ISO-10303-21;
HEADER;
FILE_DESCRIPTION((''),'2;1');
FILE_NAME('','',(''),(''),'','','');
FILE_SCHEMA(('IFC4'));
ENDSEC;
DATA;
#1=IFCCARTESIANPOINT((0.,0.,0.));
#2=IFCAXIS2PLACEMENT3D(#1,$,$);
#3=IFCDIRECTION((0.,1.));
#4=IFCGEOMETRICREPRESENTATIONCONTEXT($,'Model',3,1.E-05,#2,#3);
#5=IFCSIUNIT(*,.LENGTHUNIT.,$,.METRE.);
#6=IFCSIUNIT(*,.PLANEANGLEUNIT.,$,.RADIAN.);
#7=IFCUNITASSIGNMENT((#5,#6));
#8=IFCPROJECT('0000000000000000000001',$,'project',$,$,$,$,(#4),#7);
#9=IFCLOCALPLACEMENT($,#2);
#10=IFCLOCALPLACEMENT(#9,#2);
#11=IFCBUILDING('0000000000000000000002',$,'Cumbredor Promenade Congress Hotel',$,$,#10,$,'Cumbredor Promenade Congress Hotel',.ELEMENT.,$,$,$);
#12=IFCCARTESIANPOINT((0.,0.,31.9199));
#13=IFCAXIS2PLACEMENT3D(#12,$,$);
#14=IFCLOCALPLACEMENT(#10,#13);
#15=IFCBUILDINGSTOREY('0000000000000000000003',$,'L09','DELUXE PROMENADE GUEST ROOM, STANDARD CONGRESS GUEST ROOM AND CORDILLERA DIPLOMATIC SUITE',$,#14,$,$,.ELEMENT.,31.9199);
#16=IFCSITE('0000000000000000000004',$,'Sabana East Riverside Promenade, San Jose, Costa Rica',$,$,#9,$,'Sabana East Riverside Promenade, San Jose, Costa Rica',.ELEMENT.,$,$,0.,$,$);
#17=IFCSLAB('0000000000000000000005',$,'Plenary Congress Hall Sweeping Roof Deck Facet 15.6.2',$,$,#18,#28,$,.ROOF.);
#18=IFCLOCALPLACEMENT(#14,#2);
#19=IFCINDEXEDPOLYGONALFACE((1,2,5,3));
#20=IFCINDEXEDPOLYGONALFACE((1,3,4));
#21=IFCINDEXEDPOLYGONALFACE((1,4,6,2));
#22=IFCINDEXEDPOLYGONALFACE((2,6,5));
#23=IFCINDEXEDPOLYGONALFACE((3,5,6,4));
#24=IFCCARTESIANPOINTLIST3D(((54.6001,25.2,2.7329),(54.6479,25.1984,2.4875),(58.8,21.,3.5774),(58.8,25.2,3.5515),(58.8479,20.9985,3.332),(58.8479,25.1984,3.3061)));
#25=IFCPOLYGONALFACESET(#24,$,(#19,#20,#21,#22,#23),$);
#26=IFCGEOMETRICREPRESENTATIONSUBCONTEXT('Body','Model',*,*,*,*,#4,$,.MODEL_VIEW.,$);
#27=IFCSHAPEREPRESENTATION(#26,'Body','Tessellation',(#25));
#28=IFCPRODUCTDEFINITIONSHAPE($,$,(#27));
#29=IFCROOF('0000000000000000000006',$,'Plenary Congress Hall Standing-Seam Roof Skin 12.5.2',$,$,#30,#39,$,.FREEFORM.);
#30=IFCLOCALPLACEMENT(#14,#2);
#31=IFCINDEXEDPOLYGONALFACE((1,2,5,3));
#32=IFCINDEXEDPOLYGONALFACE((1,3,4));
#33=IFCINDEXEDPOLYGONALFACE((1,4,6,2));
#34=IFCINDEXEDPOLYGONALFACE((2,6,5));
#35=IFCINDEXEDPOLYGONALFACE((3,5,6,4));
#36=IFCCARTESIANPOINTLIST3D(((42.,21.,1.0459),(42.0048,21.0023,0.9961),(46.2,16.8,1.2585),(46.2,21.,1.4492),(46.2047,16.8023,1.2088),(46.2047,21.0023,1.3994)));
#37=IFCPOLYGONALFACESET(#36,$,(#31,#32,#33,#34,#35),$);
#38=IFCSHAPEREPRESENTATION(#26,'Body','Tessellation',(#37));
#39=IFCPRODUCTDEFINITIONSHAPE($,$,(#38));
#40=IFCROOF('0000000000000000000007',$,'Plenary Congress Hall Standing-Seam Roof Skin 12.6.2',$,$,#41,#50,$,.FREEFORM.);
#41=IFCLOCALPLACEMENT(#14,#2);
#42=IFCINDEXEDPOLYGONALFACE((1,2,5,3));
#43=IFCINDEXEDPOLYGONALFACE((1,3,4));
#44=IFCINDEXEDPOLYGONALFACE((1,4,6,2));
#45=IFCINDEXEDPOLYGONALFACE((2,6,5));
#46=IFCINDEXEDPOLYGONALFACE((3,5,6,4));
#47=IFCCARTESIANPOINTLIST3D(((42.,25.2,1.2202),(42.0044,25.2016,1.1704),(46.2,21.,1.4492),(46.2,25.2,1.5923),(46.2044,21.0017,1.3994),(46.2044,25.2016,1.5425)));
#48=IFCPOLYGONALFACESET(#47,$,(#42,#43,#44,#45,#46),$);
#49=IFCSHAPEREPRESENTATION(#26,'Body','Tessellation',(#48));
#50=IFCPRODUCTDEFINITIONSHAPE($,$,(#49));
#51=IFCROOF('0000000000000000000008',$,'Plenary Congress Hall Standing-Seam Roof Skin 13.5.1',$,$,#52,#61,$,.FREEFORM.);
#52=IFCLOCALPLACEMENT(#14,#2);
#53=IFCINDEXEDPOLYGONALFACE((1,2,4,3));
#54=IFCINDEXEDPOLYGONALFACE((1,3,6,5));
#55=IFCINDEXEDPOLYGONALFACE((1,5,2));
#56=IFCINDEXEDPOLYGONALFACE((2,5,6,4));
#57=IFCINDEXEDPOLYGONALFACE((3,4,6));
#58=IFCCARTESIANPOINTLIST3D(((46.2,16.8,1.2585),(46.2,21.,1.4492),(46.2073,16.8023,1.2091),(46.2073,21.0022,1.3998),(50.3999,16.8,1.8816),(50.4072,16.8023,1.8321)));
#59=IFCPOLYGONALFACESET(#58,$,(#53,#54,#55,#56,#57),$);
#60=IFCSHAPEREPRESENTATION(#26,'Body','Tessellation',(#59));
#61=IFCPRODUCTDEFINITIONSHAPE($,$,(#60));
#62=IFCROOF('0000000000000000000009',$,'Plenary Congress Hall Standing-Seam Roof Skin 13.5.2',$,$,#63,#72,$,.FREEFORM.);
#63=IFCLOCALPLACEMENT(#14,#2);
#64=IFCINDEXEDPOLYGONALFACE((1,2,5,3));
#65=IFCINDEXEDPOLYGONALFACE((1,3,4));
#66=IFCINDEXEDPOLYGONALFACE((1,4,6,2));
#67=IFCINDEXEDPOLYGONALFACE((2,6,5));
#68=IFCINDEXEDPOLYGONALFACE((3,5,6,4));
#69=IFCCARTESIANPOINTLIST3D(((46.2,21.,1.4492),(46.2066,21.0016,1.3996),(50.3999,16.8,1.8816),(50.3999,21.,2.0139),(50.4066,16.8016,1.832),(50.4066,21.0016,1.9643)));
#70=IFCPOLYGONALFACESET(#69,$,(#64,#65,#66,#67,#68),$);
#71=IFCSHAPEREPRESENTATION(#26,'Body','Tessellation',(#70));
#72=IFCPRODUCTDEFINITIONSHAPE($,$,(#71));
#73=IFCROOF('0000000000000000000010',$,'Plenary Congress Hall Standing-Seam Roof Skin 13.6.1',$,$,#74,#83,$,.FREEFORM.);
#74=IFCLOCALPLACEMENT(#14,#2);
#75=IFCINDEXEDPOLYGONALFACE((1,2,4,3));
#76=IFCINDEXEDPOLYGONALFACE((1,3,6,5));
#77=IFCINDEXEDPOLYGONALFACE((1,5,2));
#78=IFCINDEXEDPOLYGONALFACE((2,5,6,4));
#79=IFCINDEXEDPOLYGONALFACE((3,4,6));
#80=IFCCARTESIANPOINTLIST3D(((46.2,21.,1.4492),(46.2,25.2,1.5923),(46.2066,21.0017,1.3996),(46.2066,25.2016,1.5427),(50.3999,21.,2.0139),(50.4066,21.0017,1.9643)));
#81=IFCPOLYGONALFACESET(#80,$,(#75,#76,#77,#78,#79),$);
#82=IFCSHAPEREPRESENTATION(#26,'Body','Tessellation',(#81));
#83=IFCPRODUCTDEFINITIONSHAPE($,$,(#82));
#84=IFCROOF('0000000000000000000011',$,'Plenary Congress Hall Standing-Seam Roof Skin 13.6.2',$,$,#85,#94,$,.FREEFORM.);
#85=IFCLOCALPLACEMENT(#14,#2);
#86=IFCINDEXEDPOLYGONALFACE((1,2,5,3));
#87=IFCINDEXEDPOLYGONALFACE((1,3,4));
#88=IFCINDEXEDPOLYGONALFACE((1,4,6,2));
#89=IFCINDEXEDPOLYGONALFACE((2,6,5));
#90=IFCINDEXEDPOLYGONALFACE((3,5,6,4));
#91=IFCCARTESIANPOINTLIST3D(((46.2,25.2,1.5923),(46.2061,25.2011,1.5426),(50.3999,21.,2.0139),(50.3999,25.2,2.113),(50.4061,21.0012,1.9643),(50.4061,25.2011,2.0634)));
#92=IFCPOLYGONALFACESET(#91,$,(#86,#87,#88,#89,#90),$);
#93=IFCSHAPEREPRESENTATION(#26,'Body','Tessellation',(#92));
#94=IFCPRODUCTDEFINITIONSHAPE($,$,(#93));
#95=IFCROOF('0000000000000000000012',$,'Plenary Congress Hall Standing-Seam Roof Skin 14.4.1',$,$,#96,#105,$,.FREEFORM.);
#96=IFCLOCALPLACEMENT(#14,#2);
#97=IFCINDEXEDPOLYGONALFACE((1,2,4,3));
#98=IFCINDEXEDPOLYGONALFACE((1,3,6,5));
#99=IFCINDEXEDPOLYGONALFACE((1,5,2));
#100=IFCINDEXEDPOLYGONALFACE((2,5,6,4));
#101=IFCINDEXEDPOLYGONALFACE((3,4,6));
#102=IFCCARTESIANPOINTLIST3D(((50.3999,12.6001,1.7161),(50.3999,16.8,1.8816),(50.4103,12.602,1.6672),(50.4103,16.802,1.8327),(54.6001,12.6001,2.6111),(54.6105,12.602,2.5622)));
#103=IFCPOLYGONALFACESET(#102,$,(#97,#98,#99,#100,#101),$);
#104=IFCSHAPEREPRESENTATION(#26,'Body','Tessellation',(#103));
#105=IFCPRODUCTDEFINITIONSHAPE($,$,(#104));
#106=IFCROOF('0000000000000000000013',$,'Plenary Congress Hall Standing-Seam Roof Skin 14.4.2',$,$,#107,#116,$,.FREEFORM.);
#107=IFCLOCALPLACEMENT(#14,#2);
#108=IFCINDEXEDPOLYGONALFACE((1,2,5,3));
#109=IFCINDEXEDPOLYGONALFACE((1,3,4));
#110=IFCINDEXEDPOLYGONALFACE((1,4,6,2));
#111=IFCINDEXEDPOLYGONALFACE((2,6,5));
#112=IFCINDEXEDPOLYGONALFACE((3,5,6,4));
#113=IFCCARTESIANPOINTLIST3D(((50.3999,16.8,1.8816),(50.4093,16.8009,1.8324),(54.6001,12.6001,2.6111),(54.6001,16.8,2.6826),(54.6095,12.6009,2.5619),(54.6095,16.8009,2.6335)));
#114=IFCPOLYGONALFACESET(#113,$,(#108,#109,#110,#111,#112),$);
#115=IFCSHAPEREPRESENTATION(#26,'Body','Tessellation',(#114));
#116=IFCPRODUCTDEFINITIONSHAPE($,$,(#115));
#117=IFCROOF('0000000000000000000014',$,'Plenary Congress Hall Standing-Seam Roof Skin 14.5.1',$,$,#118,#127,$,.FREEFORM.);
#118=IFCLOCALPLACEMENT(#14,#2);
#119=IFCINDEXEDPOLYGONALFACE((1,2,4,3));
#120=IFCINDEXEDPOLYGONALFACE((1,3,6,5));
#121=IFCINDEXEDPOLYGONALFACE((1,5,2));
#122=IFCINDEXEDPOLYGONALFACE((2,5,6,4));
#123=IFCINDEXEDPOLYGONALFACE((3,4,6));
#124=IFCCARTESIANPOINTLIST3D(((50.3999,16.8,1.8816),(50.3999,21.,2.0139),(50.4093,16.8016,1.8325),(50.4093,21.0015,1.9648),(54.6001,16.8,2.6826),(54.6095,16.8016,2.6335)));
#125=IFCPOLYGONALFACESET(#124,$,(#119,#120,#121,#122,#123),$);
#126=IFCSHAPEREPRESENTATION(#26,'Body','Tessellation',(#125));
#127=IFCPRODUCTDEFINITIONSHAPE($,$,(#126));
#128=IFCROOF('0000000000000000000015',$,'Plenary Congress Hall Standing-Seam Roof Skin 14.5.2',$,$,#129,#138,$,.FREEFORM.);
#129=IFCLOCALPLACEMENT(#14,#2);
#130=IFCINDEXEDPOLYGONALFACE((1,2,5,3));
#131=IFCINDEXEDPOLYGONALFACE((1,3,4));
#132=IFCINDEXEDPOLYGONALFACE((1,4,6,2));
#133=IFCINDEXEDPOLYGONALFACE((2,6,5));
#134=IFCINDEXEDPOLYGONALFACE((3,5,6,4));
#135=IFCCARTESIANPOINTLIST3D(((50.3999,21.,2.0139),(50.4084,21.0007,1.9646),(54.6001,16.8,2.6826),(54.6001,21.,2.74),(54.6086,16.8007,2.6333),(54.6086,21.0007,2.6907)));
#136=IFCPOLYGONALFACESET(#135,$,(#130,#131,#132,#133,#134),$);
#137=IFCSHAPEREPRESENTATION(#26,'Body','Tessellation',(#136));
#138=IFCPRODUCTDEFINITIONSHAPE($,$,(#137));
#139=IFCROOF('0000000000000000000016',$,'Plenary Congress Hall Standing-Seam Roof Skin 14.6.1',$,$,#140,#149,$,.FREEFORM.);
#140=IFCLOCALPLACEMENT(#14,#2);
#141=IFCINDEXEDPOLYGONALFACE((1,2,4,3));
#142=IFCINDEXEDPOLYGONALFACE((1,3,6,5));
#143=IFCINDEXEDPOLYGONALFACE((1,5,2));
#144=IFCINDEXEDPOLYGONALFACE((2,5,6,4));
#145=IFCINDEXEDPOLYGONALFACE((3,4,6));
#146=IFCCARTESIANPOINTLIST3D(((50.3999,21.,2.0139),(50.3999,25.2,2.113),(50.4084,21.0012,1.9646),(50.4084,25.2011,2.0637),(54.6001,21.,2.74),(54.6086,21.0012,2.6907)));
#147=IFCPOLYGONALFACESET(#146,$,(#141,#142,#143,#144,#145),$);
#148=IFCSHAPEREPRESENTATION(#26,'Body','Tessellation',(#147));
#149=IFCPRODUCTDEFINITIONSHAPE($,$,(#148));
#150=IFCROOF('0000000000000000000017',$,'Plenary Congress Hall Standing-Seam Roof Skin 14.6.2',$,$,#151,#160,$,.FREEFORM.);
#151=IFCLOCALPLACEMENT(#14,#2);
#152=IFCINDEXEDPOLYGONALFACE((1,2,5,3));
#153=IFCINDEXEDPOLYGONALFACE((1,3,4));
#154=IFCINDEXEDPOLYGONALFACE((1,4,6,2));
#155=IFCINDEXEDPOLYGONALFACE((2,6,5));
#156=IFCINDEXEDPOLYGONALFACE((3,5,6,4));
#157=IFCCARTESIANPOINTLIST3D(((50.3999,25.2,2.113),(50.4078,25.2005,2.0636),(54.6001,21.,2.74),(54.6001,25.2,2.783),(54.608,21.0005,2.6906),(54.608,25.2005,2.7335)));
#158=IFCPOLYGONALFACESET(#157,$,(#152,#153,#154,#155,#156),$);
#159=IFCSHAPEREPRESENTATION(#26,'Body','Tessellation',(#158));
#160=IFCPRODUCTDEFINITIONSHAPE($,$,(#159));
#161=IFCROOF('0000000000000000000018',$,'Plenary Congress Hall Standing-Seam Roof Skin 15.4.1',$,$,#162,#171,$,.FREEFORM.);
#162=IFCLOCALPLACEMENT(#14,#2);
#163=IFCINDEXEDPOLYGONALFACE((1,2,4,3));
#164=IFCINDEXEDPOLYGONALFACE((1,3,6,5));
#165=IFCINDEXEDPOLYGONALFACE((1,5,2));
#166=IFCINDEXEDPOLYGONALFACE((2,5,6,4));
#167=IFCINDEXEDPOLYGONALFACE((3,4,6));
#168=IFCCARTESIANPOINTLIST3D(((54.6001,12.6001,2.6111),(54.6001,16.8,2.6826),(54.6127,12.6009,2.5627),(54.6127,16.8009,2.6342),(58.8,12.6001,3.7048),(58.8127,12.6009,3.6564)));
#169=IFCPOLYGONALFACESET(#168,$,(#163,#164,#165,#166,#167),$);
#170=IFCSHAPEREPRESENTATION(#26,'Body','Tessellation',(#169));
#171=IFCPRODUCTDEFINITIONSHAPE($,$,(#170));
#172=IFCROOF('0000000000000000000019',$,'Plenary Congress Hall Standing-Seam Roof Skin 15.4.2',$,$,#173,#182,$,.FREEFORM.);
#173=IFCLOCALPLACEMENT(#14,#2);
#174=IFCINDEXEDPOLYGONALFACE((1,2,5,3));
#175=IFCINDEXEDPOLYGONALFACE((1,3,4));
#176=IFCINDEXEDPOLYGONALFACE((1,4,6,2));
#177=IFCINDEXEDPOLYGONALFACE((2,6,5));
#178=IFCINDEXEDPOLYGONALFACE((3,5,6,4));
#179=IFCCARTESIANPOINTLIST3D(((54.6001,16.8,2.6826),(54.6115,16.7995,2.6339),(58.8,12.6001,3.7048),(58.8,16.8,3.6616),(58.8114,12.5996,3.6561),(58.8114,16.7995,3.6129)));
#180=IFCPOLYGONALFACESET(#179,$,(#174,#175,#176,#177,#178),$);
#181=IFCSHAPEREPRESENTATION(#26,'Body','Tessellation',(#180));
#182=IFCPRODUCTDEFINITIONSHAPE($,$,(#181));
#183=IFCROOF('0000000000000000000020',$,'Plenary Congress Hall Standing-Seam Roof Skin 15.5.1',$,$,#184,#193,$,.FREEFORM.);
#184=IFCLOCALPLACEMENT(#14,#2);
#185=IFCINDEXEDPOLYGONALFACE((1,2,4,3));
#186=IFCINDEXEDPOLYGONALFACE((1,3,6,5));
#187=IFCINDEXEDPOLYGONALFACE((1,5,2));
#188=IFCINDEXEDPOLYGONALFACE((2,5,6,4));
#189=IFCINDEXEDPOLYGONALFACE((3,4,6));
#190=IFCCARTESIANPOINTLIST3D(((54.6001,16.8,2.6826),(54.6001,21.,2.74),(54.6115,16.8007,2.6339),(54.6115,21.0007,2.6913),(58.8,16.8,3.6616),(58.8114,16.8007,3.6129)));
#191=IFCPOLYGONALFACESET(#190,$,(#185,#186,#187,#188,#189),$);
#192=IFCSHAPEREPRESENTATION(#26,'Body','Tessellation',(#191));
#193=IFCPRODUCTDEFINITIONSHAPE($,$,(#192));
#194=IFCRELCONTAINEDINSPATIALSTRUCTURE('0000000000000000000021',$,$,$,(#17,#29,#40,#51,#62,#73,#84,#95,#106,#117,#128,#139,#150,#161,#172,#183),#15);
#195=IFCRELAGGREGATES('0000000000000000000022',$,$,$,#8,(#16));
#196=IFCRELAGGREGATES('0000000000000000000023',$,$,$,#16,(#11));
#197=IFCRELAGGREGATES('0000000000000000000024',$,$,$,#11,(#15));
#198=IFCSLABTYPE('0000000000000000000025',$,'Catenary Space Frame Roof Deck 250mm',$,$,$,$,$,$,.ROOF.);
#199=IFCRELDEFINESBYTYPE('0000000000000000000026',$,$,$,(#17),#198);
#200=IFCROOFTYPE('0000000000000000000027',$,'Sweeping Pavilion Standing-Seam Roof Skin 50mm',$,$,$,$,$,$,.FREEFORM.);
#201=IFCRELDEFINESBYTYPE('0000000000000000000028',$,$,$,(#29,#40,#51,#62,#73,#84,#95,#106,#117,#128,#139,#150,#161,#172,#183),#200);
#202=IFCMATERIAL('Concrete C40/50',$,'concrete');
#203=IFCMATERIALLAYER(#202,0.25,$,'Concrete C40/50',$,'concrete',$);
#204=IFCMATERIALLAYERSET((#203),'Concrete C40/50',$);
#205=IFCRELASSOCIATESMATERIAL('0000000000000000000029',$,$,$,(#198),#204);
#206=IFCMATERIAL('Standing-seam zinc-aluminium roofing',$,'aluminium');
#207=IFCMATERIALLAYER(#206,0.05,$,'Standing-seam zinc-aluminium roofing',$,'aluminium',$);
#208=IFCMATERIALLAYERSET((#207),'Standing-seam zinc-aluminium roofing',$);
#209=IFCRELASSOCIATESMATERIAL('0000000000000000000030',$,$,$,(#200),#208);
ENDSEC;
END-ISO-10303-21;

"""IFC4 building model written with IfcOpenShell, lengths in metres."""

from ifc_helpers import new_model, si_unit, direction, frame, origin, place, context, subcontext, project, spatial, polyline, outline, extrude, material, layer, layer_set, type_object, element, save


model = new_model("IFC4")

# Units and contexts
model_context = context("Model", 3, precision=1e-05, world=origin(), true_north=direction((0.0, 1.0)))
body_context = subcontext(model_context, "Body", "Model", "MODEL_VIEW")
ifc_project = project(units=[si_unit("LENGTHUNIT", "METRE"), si_unit("PLANEANGLEUNIT", "RADIAN")], contexts=[model_context])

# Site, building, storey
site_placement = place(None, origin())
site = spatial("IfcSite", under=ifc_project, at=site_placement, Name="Sabana East Riverside Promenade, San Jose, Costa Rica", LongName="Sabana East Riverside Promenade, San Jose, Costa Rica", CompositionType="ELEMENT", RefElevation=0.0)
building_placement = place(site_placement, origin())
building = spatial("IfcBuilding", under=site, at=building_placement, Name="Cumbredor Promenade Congress Hotel", LongName="Cumbredor Promenade Congress Hotel", CompositionType="ELEMENT")
storey_placement = place(building_placement, frame((0.0, 0.0, 31.9199)))
storey = spatial("IfcBuildingStorey", under=building, at=storey_placement, Name="L09", Description="DELUXE PROMENADE GUEST ROOM, STANDARD CONGRESS GUEST ROOM AND CORDILLERA DIPLOMATIC SUITE", CompositionType="ELEMENT", Elevation=31.9199)

# Slab
ifc_material_1 = material(Name="Concrete C40/50", Category="concrete")
ifc_layer_1 = layer(ifc_material_1, 0.25, Name="Concrete C40/50", Category="concrete")
ifc_layer_set_1 = layer_set([ifc_layer_1], Name="Concrete C40/50")
slab_type = type_object("IfcSlabType", Name="Catenary Space Frame Roof Deck 250mm", PredefinedType="ROOF", material=ifc_layer_set_1)
slab_1_placement = place(storey_placement, frame((58.8, 21.0, 3.5774), z_axis=(-0.191304, 0.006048, 0.981512), x_axis=(0.0, 0.999981, -0.006162)))
element("IfcSlab", 1, at=slab_1_placement, inside=storey, type_object=slab_type, Name="Plenary Congress Hall Sweeping Roof Deck Facet 15.6.2", PredefinedType="ROOF", context=body_context, shape_type="SweptSolid", body=[
    extrude(outline(polyline([(0.0, 0.0), (4.2, 0.0), (4.2051, 4.279), (0.0, 0.0)])), origin(), (0.0, 0.0, -1.0), 0.25),
])

# Roofs
ifc_material_2 = material(Name="Standing-seam zinc-aluminium roofing", Category="aluminium")
ifc_layer_2 = layer(ifc_material_2, 0.05, Name="Standing-seam zinc-aluminium roofing", Category="aluminium")
ifc_layer_set_2 = layer_set([ifc_layer_2], Name="Standing-seam zinc-aluminium roofing")
roof_type = type_object("IfcRoofType", Name="Sweeping Pavilion Standing-Seam Roof Skin 50mm", PredefinedType="FREEFORM", material=ifc_layer_set_2)
roof_1_placement = place(storey_placement, frame((46.2, 16.8, 1.2585), z_axis=(-0.095493, -0.045145, 0.994406), x_axis=(0.0, 0.998971, 0.045352)))
element("IfcRoof", 2, at=roof_1_placement, inside=storey, type_object=roof_type, Name="Plenary Congress Hall Standing-Seam Roof Skin 12.5.2", PredefinedType="FREEFORM", context=body_context, shape_type="SweptSolid", body=[
    extrude(outline(polyline([(0.0, 0.0), (4.2043, 0.0), (4.186, 4.2192), (0.0, 0.0)])), origin(), (0.0, 0.0, -1.0), 0.05),
])
roof_2_placement = place(storey_placement, frame((46.2, 21.0, 1.4492), z_axis=(-0.088193, -0.033911, 0.995526), x_axis=(0.0, 0.99942, 0.034044)))
element("IfcRoof", 3, at=roof_2_placement, inside=storey, type_object=roof_type, Name="Plenary Congress Hall Standing-Seam Roof Skin 12.6.2", PredefinedType="FREEFORM", context=body_context, shape_type="SweptSolid", body=[
    extrude(outline(polyline([(0.0, 0.0), (4.2024, 0.0), (4.1897, 4.2164), (0.0, 0.0)])), origin(), (0.0, 0.0, -1.0), 0.05),
])
roof_3_placement = place(storey_placement, frame((46.2, 16.8, 1.2585), z_axis=(-0.146593, -0.044862, 0.988179), x_axis=(0.989175, 0.0, 0.14674)))
element("IfcRoof", 4, at=roof_3_placement, inside=storey, type_object=roof_type, Name="Plenary Congress Hall Standing-Seam Roof Skin 13.5.1", PredefinedType="FREEFORM", context=body_context, shape_type="SweptSolid", body=[
    extrude(outline(polyline([(0.0, 0.0), (4.2459, 0.0), (0.028, 4.2042), (0.0, 0.0)])), origin(), (0.0, 0.0, -1.0), 0.05),
])
roof_4_placement = place(storey_placement, frame((50.3999, 16.8, 1.8816), z_axis=(-0.133189, -0.03121, 0.990599), x_axis=(0.0, 0.999504, 0.031491)))
element("IfcRoof", 5, at=roof_4_placement, inside=storey, type_object=roof_type, Name="Plenary Congress Hall Standing-Seam Roof Skin 13.5.2", PredefinedType="FREEFORM", context=body_context, shape_type="SweptSolid", body=[
    extrude(outline(polyline([(0.0, 0.0), (4.202, 0.0), (4.1843, 4.2377), (0.0, 0.0)])), origin(), (0.0, 0.0, -1.0), 0.05),
])
roof_5_placement = place(storey_placement, frame((46.2, 21.0, 1.4492), z_axis=(-0.133178, -0.033741, 0.990518), x_axis=(0.991082, 0.0, 0.133254)))
element("IfcRoof", 6, at=roof_5_placement, inside=storey, type_object=roof_type, Name="Plenary Congress Hall Standing-Seam Roof Skin 13.6.1", PredefinedType="FREEFORM", context=body_context, shape_type="SweptSolid", body=[
    extrude(outline(polyline([(0.0, 0.0), (4.2377, 0.0), (0.0191, 4.2023), (0.0, 0.0)])), origin(), (0.0, 0.0, -1.0), 0.05),
])
roof_6_placement = place(storey_placement, frame((50.3999, 21.0, 2.0139), z_axis=(-0.123014, -0.023415, 0.992129), x_axis=(0.0, 0.999722, 0.023594)))
element("IfcRoof", 7, at=roof_6_placement, inside=storey, type_object=roof_type, Name="Plenary Congress Hall Standing-Seam Roof Skin 13.6.2", PredefinedType="FREEFORM", context=body_context, shape_type="SweptSolid", body=[
    extrude(outline(polyline([(0.0, 0.0), (4.2011, 0.0), (4.1888, 4.2321), (0.0, 0.0)])), origin(), (0.0, 0.0, -1.0), 0.05),
])
roof_7_placement = place(storey_placement, frame((50.3999, 12.6001, 1.7161), z_axis=(-0.208256, -0.038518, 0.977316), x_axis=(0.978041, 0.0, 0.208411)))
element("IfcRoof", 8, at=roof_7_placement, inside=storey, type_object=roof_type, Name="Plenary Congress Hall Standing-Seam Roof Skin 14.4.1", PredefinedType="FREEFORM", context=body_context, shape_type="SweptSolid", body=[
    extrude(outline(polyline([(0.0, 0.0), (4.2945, 0.0), (0.0345, 4.2031), (0.0, 0.0)])), origin(), (0.0, 0.0, -1.0), 0.05),
])
roof_8_placement = place(storey_placement, frame((54.6001, 12.6001, 2.6111), z_axis=(-0.187309, -0.016728, 0.982159), x_axis=(0.0, 0.999855, 0.017029)))
element("IfcRoof", 9, at=roof_8_placement, inside=storey, type_object=roof_type, Name="Plenary Congress Hall Standing-Seam Roof Skin 14.4.2", PredefinedType="FREEFORM", context=body_context, shape_type="SweptSolid", body=[
    extrude(outline(polyline([(0.0, 0.0), (4.2006, 0.0), (4.1869, 4.2759), (0.0, 0.0)])), origin(), (0.0, 0.0, -1.0), 0.05),
])
roof_9_placement = place(storey_placement, frame((50.3999, 16.8, 1.8816), z_axis=(-0.187245, -0.030934, 0.981826), x_axis=(0.982296, 0.0, 0.187335)))
element("IfcRoof", 10, at=roof_9_placement, inside=storey, type_object=roof_type, Name="Plenary Congress Hall Standing-Seam Roof Skin 14.5.1", PredefinedType="FREEFORM", context=body_context, shape_type="SweptSolid", body=[
    extrude(outline(polyline([(0.0, 0.0), (4.2759, 0.0), (0.0248, 4.202), (0.0, 0.0)])), origin(), (0.0, 0.0, -1.0), 0.05),
])
roof_10_placement = place(storey_placement, frame((54.6001, 16.8, 2.6826), z_axis=(-0.170325, -0.01346, 0.985296), x_axis=(0.0, 0.999907, 0.013659)))
element("IfcRoof", 11, at=roof_10_placement, inside=storey, type_object=roof_type, Name="Plenary Congress Hall Standing-Seam Roof Skin 14.5.2", PredefinedType="FREEFORM", context=body_context, shape_type="SweptSolid", body=[
    extrude(outline(polyline([(0.0, 0.0), (4.2003, 0.0), (4.1904, 4.2625), (0.0, 0.0)])), origin(), (0.0, 0.0, -1.0), 0.05),
])
roof_11_placement = place(storey_placement, frame((50.3999, 21.0, 2.0139), z_axis=(-0.170294, -0.023249, 0.985119), x_axis=(0.985385, 0.0, 0.17034)))
element("IfcRoof", 12, at=roof_11_placement, inside=storey, type_object=roof_type, Name="Plenary Congress Hall Standing-Seam Roof Skin 14.6.1", PredefinedType="FREEFORM", context=body_context, shape_type="SweptSolid", body=[
    extrude(outline(polyline([(0.0, 0.0), (4.2625, 0.0), (0.0169, 4.2011), (0.0, 0.0)])), origin(), (0.0, 0.0, -1.0), 0.05),
])
roof_12_placement = place(storey_placement, frame((54.6001, 21.0, 2.74), z_axis=(-0.157499, -0.010103, 0.987467), x_axis=(0.0, 0.999948, 0.01023)))
element("IfcRoof", 13, at=roof_12_placement, inside=storey, type_object=roof_type, Name="Plenary Congress Hall Standing-Seam Roof Skin 14.6.2", PredefinedType="FREEFORM", context=body_context, shape_type="SweptSolid", body=[
    extrude(outline(polyline([(0.0, 0.0), (4.2002, 0.0), (4.1933, 4.2533), (0.0, 0.0)])), origin(), (0.0, 0.0, -1.0), 0.05),
])
roof_13_placement = place(storey_placement, frame((54.6001, 12.6001, 2.6111), z_axis=(-0.25198, -0.01648, 0.967592), x_axis=(0.967724, 0.0, 0.252014)))
element("IfcRoof", 14, at=roof_13_placement, inside=storey, type_object=roof_type, Name="Plenary Congress Hall Standing-Seam Roof Skin 15.4.1", PredefinedType="FREEFORM", context=body_context, shape_type="SweptSolid", body=[
    extrude(outline(polyline([(0.0, 0.0), (4.34, 0.0), (0.018, 4.2005), (0.0, 0.0)])), origin(), (0.0, 0.0, -1.0), 0.05),
])
roof_14_placement = place(storey_placement, frame((58.8, 12.6001, 3.7048), z_axis=(-0.227002, 0.01002, 0.973843), x_axis=(0.0, 0.999947, -0.010288)))
element("IfcRoof", 15, at=roof_14_placement, inside=storey, type_object=roof_type, Name="Plenary Congress Hall Standing-Seam Roof Skin 15.4.2", PredefinedType="FREEFORM", context=body_context, shape_type="SweptSolid", body=[
    extrude(outline(polyline([(0.0, 0.0), (4.2002, 0.0), (4.2102, 4.3125), (0.0, 0.0)])), origin(), (0.0, 0.0, -1.0), 0.05),
])
roof_15_placement = place(storey_placement, frame((54.6001, 16.8, 2.6826), z_axis=(-0.226993, -0.013303, 0.973806), x_axis=(0.973892, 0.0, 0.227013)))
element("IfcRoof", 16, at=roof_15_placement, inside=storey, type_object=roof_type, Name="Plenary Congress Hall Standing-Seam Roof Skin 15.5.1", PredefinedType="FREEFORM", context=body_context, shape_type="SweptSolid", body=[
    extrude(outline(polyline([(0.0, 0.0), (4.3125, 0.0), (0.013, 4.2003), (0.0, 0.0)])), origin(), (0.0, 0.0, -1.0), 0.05),
])

save(model, "model.ifc")
